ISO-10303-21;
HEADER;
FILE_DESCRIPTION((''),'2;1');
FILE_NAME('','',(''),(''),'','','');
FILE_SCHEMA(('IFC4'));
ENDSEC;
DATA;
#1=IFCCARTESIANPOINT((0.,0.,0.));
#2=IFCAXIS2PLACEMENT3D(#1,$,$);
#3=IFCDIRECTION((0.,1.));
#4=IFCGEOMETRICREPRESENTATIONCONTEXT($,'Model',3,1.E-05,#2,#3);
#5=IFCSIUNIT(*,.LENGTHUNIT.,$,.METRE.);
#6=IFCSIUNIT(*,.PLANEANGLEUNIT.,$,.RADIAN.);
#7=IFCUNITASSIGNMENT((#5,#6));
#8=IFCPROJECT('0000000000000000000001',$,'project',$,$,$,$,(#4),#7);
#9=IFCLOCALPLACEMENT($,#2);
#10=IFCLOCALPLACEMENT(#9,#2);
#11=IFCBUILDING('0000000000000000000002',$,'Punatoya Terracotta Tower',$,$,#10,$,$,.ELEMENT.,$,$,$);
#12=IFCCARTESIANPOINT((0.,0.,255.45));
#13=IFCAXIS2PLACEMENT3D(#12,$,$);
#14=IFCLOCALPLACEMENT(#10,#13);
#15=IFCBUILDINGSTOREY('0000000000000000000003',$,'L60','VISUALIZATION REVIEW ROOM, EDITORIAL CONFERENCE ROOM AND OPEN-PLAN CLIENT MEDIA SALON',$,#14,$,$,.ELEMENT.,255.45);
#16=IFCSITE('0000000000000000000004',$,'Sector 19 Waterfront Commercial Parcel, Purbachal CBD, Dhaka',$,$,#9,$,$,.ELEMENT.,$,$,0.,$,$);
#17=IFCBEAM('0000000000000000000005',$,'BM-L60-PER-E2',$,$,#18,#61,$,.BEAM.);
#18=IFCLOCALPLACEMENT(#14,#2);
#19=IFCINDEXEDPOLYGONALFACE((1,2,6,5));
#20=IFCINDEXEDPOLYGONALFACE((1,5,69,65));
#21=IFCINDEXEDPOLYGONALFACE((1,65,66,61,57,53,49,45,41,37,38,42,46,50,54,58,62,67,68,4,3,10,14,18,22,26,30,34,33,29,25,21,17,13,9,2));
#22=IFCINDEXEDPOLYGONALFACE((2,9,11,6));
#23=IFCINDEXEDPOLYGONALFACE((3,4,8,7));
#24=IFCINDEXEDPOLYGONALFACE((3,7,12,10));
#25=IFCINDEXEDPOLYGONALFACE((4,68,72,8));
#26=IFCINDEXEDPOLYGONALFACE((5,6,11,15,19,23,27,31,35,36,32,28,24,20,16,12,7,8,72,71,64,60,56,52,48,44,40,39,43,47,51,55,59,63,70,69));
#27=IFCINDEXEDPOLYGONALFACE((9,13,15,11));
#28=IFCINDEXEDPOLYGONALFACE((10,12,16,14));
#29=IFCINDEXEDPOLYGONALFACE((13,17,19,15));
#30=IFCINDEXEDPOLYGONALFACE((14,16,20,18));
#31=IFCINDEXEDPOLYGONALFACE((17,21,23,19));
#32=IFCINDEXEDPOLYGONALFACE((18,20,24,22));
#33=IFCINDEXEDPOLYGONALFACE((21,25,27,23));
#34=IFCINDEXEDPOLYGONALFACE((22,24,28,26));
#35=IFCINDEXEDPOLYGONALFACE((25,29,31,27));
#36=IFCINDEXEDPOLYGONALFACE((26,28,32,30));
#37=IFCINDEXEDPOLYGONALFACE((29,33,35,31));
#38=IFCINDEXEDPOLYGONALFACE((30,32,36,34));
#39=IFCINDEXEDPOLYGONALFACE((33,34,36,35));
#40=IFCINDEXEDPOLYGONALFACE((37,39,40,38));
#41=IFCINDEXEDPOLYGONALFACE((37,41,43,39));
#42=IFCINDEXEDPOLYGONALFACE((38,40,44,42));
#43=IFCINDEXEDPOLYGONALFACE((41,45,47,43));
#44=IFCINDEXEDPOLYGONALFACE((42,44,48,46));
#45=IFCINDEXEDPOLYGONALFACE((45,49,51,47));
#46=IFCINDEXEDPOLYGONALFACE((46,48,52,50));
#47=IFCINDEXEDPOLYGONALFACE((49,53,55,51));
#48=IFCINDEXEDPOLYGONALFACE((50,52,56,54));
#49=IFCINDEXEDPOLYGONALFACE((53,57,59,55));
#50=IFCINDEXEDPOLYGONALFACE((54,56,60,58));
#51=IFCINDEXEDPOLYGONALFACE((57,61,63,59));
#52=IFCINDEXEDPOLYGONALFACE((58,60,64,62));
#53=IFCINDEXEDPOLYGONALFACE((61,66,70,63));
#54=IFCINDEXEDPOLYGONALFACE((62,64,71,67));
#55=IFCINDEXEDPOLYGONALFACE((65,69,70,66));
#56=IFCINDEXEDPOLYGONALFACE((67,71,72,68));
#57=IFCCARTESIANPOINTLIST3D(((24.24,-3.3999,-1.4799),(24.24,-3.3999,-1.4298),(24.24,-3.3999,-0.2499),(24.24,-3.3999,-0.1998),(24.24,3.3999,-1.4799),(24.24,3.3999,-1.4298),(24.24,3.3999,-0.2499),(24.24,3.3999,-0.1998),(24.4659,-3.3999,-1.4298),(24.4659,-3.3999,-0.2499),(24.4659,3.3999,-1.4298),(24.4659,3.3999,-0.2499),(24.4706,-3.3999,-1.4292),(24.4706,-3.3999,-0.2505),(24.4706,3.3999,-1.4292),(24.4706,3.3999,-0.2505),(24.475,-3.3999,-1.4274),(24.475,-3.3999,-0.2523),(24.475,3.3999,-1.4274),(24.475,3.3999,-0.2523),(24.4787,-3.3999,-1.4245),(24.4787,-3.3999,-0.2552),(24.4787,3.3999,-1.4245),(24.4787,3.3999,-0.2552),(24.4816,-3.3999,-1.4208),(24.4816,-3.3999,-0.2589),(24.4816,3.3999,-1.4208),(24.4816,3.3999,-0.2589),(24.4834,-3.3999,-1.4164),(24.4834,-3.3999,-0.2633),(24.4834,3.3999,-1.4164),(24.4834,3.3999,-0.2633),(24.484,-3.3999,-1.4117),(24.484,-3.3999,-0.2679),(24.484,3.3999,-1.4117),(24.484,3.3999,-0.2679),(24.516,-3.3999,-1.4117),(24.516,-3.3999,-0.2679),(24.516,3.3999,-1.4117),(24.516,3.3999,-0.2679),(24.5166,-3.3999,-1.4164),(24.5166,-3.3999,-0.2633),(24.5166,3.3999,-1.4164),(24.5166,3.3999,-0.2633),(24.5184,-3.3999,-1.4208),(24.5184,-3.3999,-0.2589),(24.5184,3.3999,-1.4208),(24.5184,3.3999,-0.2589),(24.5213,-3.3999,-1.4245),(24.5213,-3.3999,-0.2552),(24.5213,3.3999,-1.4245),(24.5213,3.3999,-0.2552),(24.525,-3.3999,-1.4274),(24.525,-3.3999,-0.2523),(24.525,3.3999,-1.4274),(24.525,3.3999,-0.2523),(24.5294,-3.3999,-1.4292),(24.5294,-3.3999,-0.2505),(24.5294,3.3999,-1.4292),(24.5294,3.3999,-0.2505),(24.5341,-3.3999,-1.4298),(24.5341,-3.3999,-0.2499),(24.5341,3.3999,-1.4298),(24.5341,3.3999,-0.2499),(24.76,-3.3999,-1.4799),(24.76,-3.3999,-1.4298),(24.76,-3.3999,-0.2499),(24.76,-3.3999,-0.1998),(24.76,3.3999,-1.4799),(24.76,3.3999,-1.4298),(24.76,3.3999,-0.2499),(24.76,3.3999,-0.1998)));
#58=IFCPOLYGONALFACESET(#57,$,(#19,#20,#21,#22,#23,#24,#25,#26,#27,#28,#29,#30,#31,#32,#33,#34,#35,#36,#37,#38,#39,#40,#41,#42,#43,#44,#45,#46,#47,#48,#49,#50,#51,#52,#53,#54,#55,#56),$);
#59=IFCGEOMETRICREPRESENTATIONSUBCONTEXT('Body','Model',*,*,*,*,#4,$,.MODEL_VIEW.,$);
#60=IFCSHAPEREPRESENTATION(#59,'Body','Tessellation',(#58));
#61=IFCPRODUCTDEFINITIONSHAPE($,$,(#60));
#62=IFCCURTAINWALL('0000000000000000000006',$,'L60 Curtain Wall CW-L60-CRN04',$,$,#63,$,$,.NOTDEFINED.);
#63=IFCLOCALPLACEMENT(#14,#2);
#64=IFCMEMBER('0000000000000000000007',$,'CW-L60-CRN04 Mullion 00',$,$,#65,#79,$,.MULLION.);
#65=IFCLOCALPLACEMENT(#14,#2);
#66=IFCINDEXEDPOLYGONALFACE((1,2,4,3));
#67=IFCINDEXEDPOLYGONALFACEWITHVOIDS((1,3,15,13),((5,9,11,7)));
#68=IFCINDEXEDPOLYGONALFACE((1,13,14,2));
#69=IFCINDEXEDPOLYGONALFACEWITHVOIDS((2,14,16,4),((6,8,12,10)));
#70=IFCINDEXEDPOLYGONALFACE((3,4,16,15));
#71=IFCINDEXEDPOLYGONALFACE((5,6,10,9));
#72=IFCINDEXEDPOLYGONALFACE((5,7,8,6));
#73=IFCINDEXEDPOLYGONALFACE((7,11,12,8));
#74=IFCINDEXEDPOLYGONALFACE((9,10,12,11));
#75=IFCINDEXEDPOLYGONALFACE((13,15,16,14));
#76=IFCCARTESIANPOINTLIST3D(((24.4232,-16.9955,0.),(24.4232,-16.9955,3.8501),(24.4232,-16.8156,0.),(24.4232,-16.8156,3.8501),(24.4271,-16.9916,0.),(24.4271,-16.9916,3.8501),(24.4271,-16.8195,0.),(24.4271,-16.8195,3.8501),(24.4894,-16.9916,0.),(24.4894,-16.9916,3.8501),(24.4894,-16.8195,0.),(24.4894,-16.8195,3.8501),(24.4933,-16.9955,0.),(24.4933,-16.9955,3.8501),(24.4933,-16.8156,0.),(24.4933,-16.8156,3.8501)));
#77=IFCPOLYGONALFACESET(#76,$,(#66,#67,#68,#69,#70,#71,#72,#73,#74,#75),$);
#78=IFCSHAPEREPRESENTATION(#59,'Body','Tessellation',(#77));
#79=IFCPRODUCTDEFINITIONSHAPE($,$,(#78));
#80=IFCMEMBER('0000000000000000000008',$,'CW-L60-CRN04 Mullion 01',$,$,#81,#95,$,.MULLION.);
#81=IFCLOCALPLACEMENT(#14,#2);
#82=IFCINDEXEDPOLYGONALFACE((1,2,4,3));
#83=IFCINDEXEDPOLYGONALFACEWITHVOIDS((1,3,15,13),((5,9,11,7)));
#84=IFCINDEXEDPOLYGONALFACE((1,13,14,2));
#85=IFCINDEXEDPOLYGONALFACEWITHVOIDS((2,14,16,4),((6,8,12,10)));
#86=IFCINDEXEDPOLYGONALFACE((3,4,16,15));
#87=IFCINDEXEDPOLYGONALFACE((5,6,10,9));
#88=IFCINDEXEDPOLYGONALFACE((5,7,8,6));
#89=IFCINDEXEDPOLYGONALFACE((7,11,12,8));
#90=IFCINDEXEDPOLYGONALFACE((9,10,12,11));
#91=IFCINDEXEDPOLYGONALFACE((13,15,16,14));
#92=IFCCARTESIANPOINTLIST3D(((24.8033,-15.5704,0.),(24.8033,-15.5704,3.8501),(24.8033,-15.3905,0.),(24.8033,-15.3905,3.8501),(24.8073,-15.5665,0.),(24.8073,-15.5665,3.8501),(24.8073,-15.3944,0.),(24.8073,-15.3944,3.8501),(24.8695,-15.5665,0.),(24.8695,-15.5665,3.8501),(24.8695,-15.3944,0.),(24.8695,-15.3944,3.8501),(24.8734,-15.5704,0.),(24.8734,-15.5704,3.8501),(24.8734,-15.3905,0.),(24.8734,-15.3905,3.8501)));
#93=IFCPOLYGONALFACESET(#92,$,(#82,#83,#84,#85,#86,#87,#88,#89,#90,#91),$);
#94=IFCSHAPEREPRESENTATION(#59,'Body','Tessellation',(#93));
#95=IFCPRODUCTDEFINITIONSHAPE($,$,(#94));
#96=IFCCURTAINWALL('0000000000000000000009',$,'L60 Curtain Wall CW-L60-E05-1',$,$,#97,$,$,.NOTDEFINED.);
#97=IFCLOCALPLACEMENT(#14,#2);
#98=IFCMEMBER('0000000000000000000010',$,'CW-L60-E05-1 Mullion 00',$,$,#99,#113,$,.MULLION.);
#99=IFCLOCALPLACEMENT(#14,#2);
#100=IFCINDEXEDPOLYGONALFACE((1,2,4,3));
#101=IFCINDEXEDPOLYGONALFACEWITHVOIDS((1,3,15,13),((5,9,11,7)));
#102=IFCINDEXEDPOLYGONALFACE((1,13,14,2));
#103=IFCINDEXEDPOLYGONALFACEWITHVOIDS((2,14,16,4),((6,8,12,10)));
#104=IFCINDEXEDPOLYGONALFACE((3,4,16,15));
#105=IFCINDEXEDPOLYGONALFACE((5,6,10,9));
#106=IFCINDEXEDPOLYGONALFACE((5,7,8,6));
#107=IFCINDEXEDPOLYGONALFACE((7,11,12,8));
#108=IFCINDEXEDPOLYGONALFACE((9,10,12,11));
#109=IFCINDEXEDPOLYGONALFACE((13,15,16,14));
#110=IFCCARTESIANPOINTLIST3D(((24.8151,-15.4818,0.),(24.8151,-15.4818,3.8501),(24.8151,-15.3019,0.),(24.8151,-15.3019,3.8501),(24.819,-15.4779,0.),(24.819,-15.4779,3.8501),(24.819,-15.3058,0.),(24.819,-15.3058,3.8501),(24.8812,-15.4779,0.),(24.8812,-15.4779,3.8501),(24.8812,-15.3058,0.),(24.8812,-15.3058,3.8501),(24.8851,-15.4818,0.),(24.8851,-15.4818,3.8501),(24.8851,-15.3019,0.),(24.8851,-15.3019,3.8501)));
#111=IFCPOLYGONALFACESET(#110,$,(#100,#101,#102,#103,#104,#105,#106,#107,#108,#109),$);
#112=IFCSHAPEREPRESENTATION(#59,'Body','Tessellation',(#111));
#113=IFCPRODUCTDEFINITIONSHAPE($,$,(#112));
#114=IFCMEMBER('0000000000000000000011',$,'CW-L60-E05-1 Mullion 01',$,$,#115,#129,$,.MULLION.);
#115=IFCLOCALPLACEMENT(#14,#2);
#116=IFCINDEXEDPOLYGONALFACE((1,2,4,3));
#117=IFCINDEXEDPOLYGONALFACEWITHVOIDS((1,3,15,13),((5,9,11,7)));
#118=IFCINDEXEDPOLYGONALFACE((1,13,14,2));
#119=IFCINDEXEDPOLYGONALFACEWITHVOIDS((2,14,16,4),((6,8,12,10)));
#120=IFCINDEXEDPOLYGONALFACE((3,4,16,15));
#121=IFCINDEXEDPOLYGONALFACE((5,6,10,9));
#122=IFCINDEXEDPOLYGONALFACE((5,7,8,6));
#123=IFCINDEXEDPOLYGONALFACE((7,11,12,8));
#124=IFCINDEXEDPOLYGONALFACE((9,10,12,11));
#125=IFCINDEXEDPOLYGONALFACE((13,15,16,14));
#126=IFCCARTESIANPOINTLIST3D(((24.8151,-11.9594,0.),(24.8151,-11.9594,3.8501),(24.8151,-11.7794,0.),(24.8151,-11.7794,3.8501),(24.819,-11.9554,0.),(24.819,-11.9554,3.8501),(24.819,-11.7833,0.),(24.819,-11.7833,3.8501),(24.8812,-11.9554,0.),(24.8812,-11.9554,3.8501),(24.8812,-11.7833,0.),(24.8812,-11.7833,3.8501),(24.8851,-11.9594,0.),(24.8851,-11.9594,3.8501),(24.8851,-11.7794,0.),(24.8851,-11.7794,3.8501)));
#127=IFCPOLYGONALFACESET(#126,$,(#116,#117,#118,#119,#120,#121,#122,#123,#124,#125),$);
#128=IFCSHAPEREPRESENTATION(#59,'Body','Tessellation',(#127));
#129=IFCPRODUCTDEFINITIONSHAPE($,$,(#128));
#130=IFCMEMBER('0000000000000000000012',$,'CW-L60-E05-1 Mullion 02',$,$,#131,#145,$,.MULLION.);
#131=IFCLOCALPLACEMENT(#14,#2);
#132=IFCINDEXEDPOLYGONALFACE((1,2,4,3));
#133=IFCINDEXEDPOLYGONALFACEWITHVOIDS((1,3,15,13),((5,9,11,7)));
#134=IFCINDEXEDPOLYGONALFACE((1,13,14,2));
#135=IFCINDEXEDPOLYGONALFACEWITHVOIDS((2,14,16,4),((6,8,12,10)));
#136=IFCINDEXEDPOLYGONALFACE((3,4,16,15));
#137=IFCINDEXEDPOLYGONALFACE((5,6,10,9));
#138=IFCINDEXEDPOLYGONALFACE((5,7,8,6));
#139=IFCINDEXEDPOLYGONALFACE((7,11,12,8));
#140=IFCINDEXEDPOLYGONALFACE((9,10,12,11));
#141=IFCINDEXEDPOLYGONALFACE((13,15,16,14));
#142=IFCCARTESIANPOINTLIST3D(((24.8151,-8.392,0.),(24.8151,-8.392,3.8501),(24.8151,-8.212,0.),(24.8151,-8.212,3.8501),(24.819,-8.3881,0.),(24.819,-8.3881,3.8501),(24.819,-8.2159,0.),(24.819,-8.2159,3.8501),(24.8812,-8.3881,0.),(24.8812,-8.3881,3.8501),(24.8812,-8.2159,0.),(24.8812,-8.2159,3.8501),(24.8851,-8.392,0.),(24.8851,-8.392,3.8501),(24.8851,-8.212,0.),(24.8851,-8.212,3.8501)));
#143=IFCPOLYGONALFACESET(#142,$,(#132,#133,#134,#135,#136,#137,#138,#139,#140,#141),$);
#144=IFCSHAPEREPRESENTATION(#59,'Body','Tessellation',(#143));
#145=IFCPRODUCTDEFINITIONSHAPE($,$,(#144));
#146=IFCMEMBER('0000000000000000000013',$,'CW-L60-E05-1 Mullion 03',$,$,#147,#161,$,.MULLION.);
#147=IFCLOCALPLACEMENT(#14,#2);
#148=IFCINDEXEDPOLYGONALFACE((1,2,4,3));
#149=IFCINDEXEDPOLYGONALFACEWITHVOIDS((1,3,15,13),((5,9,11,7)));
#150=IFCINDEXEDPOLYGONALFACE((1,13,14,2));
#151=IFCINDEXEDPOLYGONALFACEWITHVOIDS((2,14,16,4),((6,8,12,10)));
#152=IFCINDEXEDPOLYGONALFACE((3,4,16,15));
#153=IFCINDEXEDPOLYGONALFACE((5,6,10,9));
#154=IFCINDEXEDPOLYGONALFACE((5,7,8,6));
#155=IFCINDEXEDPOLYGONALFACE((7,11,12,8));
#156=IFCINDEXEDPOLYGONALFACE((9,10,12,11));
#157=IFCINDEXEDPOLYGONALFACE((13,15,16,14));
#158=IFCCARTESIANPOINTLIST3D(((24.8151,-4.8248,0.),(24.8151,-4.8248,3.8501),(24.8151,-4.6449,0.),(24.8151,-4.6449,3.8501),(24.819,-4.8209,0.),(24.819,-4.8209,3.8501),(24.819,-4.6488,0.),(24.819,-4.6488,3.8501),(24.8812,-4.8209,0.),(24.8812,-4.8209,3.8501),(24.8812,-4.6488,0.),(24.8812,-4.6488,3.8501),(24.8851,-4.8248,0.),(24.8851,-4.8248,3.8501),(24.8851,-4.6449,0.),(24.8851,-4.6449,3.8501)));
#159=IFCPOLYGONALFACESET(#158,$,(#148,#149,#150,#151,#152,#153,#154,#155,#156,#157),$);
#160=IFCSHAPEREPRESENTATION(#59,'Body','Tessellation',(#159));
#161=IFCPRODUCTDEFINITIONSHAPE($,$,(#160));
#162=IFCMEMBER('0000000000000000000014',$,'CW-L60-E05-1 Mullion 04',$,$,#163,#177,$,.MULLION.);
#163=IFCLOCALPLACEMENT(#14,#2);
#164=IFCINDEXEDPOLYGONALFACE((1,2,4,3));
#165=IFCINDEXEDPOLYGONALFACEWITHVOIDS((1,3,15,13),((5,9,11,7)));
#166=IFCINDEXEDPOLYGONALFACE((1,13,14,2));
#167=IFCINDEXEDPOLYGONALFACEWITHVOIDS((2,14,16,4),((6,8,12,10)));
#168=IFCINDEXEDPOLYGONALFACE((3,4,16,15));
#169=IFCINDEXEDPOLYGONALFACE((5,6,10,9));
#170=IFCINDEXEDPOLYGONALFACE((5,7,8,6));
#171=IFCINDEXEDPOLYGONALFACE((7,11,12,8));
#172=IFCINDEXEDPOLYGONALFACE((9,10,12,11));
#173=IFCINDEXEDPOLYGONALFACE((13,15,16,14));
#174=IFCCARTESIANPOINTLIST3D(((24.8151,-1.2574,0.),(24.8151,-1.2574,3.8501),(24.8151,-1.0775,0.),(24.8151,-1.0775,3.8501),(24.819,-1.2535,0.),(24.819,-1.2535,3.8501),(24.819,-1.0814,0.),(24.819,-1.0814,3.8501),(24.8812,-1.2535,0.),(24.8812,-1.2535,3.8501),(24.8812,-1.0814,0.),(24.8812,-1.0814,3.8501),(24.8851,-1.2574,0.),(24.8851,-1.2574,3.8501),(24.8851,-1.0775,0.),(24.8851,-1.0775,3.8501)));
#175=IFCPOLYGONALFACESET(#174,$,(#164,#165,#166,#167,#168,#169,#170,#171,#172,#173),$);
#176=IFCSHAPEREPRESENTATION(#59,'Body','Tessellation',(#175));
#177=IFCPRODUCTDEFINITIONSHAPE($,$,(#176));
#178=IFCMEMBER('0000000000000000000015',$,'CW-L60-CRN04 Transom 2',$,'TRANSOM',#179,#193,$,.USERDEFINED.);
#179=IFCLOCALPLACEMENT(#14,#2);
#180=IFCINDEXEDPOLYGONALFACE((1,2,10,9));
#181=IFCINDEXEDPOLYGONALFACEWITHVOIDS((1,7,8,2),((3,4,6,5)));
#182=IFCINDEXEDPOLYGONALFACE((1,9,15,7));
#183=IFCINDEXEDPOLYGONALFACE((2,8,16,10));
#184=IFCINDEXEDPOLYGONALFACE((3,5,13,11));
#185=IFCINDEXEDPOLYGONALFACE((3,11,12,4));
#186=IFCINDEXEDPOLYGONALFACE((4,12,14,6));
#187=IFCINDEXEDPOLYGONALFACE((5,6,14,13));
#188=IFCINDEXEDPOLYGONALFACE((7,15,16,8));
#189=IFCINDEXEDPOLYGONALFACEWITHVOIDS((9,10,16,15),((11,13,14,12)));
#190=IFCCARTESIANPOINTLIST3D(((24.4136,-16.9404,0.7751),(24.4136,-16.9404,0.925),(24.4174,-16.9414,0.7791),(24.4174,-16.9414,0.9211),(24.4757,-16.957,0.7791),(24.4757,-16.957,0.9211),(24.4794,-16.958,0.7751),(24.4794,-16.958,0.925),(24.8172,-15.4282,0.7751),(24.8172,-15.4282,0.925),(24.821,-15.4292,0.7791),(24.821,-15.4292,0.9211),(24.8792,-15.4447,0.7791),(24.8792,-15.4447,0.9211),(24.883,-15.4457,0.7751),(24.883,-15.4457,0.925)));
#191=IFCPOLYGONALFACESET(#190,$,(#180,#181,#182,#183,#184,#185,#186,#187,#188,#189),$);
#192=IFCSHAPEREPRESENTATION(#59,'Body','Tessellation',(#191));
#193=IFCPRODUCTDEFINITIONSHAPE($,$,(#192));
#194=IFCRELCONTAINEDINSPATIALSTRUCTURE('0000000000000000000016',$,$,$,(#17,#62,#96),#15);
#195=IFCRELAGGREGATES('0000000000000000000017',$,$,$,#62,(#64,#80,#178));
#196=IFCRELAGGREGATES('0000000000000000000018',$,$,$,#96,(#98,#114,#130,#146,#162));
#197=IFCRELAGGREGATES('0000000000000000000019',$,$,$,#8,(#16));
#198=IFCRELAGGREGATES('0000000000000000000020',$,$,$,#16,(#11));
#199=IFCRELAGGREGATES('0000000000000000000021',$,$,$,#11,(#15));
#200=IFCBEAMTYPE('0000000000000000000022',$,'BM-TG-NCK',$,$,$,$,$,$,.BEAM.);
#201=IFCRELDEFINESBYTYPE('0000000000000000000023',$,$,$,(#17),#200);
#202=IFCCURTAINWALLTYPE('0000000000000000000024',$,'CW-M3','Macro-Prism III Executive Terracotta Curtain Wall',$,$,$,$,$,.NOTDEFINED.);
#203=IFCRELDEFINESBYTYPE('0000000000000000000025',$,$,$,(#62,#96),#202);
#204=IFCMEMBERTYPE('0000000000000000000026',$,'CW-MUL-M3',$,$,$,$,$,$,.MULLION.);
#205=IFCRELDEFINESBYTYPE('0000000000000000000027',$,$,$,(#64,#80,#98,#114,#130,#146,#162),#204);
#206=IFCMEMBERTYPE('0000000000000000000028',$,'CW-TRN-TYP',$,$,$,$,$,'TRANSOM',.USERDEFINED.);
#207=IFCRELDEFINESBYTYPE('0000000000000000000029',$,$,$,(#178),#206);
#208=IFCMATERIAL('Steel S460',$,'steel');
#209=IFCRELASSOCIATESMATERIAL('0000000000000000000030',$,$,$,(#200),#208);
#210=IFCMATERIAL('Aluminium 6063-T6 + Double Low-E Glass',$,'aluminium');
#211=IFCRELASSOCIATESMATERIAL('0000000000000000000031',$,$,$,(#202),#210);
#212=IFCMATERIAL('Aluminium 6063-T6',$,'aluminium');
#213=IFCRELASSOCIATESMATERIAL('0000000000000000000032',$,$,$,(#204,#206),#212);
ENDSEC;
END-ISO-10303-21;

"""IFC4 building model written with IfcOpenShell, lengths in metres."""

from ifc_helpers import new_model, si_unit, direction, frame, origin, origin_2d, place, context, subcontext, project, spatial, hollow_rectangle, i_section, extrude, material, material_profile, profile_set, type_object, element, aggregate, save


model = new_model("IFC4")

# Units and contexts
model_context = context("Model", 3, precision=1e-05, world=origin(), true_north=direction((0.0, 1.0)))
body_context = subcontext(model_context, "Body", "Model", "MODEL_VIEW")
ifc_project = project(units=[si_unit("LENGTHUNIT", "METRE"), si_unit("PLANEANGLEUNIT", "RADIAN")], contexts=[model_context])

# Site, building, storey
site_placement = place(None, origin())
site = spatial("IfcSite", under=ifc_project, at=site_placement, Name="Sector 19 Waterfront Commercial Parcel, Purbachal CBD, Dhaka", CompositionType="ELEMENT", RefElevation=0.0)
building_placement = place(site_placement, origin())
building = spatial("IfcBuilding", under=site, at=building_placement, Name="Punatoya Terracotta Tower", CompositionType="ELEMENT")
storey_placement = place(building_placement, frame((0.0, 0.0, 255.45)))
storey = spatial("IfcBuildingStorey", under=building, at=storey_placement, Name="L60", Description="VISUALIZATION REVIEW ROOM, EDITORIAL CONFERENCE ROOM AND OPEN-PLAN CLIENT MEDIA SALON", CompositionType="ELEMENT", Elevation=255.45)

# Shared definitions
ifc_material_1 = material(Name="Steel S460", Category="steel")

# Beam
ifc_material_profile_1 = material_profile(ifc_material_1, i_section(OverallWidth=0.52, OverallDepth=1.28, WebThickness=0.032, FlangeThickness=0.05, FilletRadius=0.0181, at=origin_2d()))
ifc_profile_set_1 = profile_set([ifc_material_profile_1], Name="Steel S460")
beam_type_1 = type_object("IfcBeamType", Name="BM-TG-NCK", PredefinedType="BEAM", material=ifc_profile_set_1)
beam_1_placement = place(storey_placement, frame((24.5, -3.3999, -0.8398), z_axis=(0.0, 1.0, 0.0), x_axis=(-1.0, 0.0, 0.0)))
element("IfcBeam", 1, at=beam_1_placement, inside=storey, type_object=beam_type_1, Name="BM-L60-PER-E2", PredefinedType="BEAM", context=body_context, shape_type="SweptSolid", body=[
    extrude(i_section(OverallWidth=0.52, OverallDepth=1.28, WebThickness=0.032, FlangeThickness=0.05, FilletRadius=0.0181, at=origin_2d()), origin(), (0.0, 0.0, 1.0), 6.7998),
])

# Curtain walls, members
ifc_material_2 = material(Name="Aluminium 6063-T6 + Double Low-E Glass", Category="aluminium")
curtain_wall_type = type_object("IfcCurtainWallType", Name="CW-M3", Description="Macro-Prism III Executive Terracotta Curtain Wall", PredefinedType="NOTDEFINED", material=ifc_material_2)
curtain_wall_1_placement = place(storey_placement, origin())
curtain_wall_1 = element("IfcCurtainWall", 2, at=curtain_wall_1_placement, inside=storey, type_object=curtain_wall_type, Name="L60 Curtain Wall CW-L60-CRN04", PredefinedType="NOTDEFINED")
ifc_material_3 = material(Name="Aluminium 6063-T6", Category="aluminium")
ifc_material_profile_2 = material_profile(ifc_material_3, hollow_rectangle(XDim=0.0701, YDim=0.1799, WallThickness=0.0039, at=origin_2d()))
ifc_profile_set_2 = profile_set([ifc_material_profile_2], Name="Aluminium 6063-T6")
member_type_1 = type_object("IfcMemberType", Name="CW-MUL-M3", PredefinedType="MULLION", material=ifc_profile_set_2)
member_1_placement = place(storey_placement, frame((24.4583, -16.9055, 0.0), z_axis=(0.0, 0.0, 1.0), x_axis=(1.0, 0.0, 0.0)))
member_1 = element("IfcMember", 3, at=member_1_placement, type_object=member_type_1, Name="CW-L60-CRN04 Mullion 00", PredefinedType="MULLION", context=body_context, shape_type="SweptSolid", body=[
    extrude(hollow_rectangle(XDim=0.0701, YDim=0.1799, WallThickness=0.0039, at=origin_2d()), origin(), (0.0, 0.0, 1.0), 3.8501),
])
member_2_placement = place(storey_placement, frame((24.8384, -15.4805, 0.0), z_axis=(0.0, 0.0, 1.0), x_axis=(1.0, 0.0, 0.0)))
member_2 = element("IfcMember", 4, at=member_2_placement, type_object=member_type_1, Name="CW-L60-CRN04 Mullion 01", PredefinedType="MULLION", context=body_context, shape_type="SweptSolid", body=[
    extrude(hollow_rectangle(XDim=0.0701, YDim=0.1799, WallThickness=0.0039, at=origin_2d()), origin(), (0.0, 0.0, 1.0), 3.8501),
])
curtain_wall_2_placement = place(storey_placement, origin())
curtain_wall_2 = element("IfcCurtainWall", 5, at=curtain_wall_2_placement, inside=storey, type_object=curtain_wall_type, Name="L60 Curtain Wall CW-L60-E05-1", PredefinedType="NOTDEFINED")
member_3_placement = place(storey_placement, frame((24.8501, -15.3918, 0.0), z_axis=(0.0, 0.0, 1.0), x_axis=(1.0, 0.0, 0.0)))
member_3 = element("IfcMember", 6, at=member_3_placement, type_object=member_type_1, Name="CW-L60-E05-1 Mullion 00", PredefinedType="MULLION", context=body_context, shape_type="SweptSolid", body=[
    extrude(hollow_rectangle(XDim=0.0701, YDim=0.1799, WallThickness=0.0039, at=origin_2d()), origin(), (0.0, 0.0, 1.0), 3.8501),
])
member_4_placement = place(storey_placement, frame((24.8501, -11.8694, 0.0), z_axis=(0.0, 0.0, 1.0), x_axis=(1.0, 0.0, 0.0)))
member_4 = element("IfcMember", 7, at=member_4_placement, type_object=member_type_1, Name="CW-L60-E05-1 Mullion 01", PredefinedType="MULLION", context=body_context, shape_type="SweptSolid", body=[
    extrude(hollow_rectangle(XDim=0.0701, YDim=0.1799, WallThickness=0.0039, at=origin_2d()), origin(), (0.0, 0.0, 1.0), 3.8501),
])
member_5_placement = place(storey_placement, frame((24.8501, -8.302, 0.0), z_axis=(0.0, 0.0, 1.0), x_axis=(1.0, 0.0, 0.0)))
member_5 = element("IfcMember", 8, at=member_5_placement, type_object=member_type_1, Name="CW-L60-E05-1 Mullion 02", PredefinedType="MULLION", context=body_context, shape_type="SweptSolid", body=[
    extrude(hollow_rectangle(XDim=0.0701, YDim=0.1799, WallThickness=0.0039, at=origin_2d()), origin(), (0.0, 0.0, 1.0), 3.8501),
])
member_6_placement = place(storey_placement, frame((24.8501, -4.7349, 0.0), z_axis=(0.0, 0.0, 1.0), x_axis=(1.0, 0.0, 0.0)))
member_6 = element("IfcMember", 9, at=member_6_placement, type_object=member_type_1, Name="CW-L60-E05-1 Mullion 03", PredefinedType="MULLION", context=body_context, shape_type="SweptSolid", body=[
    extrude(hollow_rectangle(XDim=0.0701, YDim=0.1799, WallThickness=0.0039, at=origin_2d()), origin(), (0.0, 0.0, 1.0), 3.8501),
])
member_7_placement = place(storey_placement, frame((24.8501, -1.1675, 0.0), z_axis=(0.0, 0.0, 1.0), x_axis=(1.0, 0.0, 0.0)))
member_7 = element("IfcMember", 10, at=member_7_placement, type_object=member_type_1, Name="CW-L60-E05-1 Mullion 04", PredefinedType="MULLION", context=body_context, shape_type="SweptSolid", body=[
    extrude(hollow_rectangle(XDim=0.0701, YDim=0.1799, WallThickness=0.0039, at=origin_2d()), origin(), (0.0, 0.0, 1.0), 3.8501),
])

# Member
ifc_material_profile_3 = material_profile(ifc_material_3, hollow_rectangle(XDim=0.0681, YDim=0.1499, WallThickness=0.0039, at=origin_2d()))
ifc_profile_set_3 = profile_set([ifc_material_profile_3], Name="Aluminium 6063-T6")
member_type_2 = type_object("IfcMemberType", Name="CW-TRN-TYP", ElementType="TRANSOM", PredefinedType="USERDEFINED", material=ifc_profile_set_3)
member_8_placement = place(storey_placement, frame((24.4465, -16.9492, 0.8501), z_axis=(0.257847, 0.966186, 0.0), x_axis=(-0.966186, 0.257847, 0.0)))
member_8 = element("IfcMember", 11, at=member_8_placement, type_object=member_type_2, Name="CW-L60-CRN04 Transom 2", ObjectType="TRANSOM", PredefinedType="USERDEFINED", context=body_context, shape_type="SweptSolid", body=[
    extrude(hollow_rectangle(XDim=0.0681, YDim=0.1499, WallThickness=0.0039, at=origin_2d()), origin(), (0.0, 0.0, 1.0), 1.5652),
])

aggregate(curtain_wall_1, [member_1, member_2, member_8])
aggregate(curtain_wall_2, [member_3, member_4, member_5, member_6, member_7])

save(model, "model.ifc")
